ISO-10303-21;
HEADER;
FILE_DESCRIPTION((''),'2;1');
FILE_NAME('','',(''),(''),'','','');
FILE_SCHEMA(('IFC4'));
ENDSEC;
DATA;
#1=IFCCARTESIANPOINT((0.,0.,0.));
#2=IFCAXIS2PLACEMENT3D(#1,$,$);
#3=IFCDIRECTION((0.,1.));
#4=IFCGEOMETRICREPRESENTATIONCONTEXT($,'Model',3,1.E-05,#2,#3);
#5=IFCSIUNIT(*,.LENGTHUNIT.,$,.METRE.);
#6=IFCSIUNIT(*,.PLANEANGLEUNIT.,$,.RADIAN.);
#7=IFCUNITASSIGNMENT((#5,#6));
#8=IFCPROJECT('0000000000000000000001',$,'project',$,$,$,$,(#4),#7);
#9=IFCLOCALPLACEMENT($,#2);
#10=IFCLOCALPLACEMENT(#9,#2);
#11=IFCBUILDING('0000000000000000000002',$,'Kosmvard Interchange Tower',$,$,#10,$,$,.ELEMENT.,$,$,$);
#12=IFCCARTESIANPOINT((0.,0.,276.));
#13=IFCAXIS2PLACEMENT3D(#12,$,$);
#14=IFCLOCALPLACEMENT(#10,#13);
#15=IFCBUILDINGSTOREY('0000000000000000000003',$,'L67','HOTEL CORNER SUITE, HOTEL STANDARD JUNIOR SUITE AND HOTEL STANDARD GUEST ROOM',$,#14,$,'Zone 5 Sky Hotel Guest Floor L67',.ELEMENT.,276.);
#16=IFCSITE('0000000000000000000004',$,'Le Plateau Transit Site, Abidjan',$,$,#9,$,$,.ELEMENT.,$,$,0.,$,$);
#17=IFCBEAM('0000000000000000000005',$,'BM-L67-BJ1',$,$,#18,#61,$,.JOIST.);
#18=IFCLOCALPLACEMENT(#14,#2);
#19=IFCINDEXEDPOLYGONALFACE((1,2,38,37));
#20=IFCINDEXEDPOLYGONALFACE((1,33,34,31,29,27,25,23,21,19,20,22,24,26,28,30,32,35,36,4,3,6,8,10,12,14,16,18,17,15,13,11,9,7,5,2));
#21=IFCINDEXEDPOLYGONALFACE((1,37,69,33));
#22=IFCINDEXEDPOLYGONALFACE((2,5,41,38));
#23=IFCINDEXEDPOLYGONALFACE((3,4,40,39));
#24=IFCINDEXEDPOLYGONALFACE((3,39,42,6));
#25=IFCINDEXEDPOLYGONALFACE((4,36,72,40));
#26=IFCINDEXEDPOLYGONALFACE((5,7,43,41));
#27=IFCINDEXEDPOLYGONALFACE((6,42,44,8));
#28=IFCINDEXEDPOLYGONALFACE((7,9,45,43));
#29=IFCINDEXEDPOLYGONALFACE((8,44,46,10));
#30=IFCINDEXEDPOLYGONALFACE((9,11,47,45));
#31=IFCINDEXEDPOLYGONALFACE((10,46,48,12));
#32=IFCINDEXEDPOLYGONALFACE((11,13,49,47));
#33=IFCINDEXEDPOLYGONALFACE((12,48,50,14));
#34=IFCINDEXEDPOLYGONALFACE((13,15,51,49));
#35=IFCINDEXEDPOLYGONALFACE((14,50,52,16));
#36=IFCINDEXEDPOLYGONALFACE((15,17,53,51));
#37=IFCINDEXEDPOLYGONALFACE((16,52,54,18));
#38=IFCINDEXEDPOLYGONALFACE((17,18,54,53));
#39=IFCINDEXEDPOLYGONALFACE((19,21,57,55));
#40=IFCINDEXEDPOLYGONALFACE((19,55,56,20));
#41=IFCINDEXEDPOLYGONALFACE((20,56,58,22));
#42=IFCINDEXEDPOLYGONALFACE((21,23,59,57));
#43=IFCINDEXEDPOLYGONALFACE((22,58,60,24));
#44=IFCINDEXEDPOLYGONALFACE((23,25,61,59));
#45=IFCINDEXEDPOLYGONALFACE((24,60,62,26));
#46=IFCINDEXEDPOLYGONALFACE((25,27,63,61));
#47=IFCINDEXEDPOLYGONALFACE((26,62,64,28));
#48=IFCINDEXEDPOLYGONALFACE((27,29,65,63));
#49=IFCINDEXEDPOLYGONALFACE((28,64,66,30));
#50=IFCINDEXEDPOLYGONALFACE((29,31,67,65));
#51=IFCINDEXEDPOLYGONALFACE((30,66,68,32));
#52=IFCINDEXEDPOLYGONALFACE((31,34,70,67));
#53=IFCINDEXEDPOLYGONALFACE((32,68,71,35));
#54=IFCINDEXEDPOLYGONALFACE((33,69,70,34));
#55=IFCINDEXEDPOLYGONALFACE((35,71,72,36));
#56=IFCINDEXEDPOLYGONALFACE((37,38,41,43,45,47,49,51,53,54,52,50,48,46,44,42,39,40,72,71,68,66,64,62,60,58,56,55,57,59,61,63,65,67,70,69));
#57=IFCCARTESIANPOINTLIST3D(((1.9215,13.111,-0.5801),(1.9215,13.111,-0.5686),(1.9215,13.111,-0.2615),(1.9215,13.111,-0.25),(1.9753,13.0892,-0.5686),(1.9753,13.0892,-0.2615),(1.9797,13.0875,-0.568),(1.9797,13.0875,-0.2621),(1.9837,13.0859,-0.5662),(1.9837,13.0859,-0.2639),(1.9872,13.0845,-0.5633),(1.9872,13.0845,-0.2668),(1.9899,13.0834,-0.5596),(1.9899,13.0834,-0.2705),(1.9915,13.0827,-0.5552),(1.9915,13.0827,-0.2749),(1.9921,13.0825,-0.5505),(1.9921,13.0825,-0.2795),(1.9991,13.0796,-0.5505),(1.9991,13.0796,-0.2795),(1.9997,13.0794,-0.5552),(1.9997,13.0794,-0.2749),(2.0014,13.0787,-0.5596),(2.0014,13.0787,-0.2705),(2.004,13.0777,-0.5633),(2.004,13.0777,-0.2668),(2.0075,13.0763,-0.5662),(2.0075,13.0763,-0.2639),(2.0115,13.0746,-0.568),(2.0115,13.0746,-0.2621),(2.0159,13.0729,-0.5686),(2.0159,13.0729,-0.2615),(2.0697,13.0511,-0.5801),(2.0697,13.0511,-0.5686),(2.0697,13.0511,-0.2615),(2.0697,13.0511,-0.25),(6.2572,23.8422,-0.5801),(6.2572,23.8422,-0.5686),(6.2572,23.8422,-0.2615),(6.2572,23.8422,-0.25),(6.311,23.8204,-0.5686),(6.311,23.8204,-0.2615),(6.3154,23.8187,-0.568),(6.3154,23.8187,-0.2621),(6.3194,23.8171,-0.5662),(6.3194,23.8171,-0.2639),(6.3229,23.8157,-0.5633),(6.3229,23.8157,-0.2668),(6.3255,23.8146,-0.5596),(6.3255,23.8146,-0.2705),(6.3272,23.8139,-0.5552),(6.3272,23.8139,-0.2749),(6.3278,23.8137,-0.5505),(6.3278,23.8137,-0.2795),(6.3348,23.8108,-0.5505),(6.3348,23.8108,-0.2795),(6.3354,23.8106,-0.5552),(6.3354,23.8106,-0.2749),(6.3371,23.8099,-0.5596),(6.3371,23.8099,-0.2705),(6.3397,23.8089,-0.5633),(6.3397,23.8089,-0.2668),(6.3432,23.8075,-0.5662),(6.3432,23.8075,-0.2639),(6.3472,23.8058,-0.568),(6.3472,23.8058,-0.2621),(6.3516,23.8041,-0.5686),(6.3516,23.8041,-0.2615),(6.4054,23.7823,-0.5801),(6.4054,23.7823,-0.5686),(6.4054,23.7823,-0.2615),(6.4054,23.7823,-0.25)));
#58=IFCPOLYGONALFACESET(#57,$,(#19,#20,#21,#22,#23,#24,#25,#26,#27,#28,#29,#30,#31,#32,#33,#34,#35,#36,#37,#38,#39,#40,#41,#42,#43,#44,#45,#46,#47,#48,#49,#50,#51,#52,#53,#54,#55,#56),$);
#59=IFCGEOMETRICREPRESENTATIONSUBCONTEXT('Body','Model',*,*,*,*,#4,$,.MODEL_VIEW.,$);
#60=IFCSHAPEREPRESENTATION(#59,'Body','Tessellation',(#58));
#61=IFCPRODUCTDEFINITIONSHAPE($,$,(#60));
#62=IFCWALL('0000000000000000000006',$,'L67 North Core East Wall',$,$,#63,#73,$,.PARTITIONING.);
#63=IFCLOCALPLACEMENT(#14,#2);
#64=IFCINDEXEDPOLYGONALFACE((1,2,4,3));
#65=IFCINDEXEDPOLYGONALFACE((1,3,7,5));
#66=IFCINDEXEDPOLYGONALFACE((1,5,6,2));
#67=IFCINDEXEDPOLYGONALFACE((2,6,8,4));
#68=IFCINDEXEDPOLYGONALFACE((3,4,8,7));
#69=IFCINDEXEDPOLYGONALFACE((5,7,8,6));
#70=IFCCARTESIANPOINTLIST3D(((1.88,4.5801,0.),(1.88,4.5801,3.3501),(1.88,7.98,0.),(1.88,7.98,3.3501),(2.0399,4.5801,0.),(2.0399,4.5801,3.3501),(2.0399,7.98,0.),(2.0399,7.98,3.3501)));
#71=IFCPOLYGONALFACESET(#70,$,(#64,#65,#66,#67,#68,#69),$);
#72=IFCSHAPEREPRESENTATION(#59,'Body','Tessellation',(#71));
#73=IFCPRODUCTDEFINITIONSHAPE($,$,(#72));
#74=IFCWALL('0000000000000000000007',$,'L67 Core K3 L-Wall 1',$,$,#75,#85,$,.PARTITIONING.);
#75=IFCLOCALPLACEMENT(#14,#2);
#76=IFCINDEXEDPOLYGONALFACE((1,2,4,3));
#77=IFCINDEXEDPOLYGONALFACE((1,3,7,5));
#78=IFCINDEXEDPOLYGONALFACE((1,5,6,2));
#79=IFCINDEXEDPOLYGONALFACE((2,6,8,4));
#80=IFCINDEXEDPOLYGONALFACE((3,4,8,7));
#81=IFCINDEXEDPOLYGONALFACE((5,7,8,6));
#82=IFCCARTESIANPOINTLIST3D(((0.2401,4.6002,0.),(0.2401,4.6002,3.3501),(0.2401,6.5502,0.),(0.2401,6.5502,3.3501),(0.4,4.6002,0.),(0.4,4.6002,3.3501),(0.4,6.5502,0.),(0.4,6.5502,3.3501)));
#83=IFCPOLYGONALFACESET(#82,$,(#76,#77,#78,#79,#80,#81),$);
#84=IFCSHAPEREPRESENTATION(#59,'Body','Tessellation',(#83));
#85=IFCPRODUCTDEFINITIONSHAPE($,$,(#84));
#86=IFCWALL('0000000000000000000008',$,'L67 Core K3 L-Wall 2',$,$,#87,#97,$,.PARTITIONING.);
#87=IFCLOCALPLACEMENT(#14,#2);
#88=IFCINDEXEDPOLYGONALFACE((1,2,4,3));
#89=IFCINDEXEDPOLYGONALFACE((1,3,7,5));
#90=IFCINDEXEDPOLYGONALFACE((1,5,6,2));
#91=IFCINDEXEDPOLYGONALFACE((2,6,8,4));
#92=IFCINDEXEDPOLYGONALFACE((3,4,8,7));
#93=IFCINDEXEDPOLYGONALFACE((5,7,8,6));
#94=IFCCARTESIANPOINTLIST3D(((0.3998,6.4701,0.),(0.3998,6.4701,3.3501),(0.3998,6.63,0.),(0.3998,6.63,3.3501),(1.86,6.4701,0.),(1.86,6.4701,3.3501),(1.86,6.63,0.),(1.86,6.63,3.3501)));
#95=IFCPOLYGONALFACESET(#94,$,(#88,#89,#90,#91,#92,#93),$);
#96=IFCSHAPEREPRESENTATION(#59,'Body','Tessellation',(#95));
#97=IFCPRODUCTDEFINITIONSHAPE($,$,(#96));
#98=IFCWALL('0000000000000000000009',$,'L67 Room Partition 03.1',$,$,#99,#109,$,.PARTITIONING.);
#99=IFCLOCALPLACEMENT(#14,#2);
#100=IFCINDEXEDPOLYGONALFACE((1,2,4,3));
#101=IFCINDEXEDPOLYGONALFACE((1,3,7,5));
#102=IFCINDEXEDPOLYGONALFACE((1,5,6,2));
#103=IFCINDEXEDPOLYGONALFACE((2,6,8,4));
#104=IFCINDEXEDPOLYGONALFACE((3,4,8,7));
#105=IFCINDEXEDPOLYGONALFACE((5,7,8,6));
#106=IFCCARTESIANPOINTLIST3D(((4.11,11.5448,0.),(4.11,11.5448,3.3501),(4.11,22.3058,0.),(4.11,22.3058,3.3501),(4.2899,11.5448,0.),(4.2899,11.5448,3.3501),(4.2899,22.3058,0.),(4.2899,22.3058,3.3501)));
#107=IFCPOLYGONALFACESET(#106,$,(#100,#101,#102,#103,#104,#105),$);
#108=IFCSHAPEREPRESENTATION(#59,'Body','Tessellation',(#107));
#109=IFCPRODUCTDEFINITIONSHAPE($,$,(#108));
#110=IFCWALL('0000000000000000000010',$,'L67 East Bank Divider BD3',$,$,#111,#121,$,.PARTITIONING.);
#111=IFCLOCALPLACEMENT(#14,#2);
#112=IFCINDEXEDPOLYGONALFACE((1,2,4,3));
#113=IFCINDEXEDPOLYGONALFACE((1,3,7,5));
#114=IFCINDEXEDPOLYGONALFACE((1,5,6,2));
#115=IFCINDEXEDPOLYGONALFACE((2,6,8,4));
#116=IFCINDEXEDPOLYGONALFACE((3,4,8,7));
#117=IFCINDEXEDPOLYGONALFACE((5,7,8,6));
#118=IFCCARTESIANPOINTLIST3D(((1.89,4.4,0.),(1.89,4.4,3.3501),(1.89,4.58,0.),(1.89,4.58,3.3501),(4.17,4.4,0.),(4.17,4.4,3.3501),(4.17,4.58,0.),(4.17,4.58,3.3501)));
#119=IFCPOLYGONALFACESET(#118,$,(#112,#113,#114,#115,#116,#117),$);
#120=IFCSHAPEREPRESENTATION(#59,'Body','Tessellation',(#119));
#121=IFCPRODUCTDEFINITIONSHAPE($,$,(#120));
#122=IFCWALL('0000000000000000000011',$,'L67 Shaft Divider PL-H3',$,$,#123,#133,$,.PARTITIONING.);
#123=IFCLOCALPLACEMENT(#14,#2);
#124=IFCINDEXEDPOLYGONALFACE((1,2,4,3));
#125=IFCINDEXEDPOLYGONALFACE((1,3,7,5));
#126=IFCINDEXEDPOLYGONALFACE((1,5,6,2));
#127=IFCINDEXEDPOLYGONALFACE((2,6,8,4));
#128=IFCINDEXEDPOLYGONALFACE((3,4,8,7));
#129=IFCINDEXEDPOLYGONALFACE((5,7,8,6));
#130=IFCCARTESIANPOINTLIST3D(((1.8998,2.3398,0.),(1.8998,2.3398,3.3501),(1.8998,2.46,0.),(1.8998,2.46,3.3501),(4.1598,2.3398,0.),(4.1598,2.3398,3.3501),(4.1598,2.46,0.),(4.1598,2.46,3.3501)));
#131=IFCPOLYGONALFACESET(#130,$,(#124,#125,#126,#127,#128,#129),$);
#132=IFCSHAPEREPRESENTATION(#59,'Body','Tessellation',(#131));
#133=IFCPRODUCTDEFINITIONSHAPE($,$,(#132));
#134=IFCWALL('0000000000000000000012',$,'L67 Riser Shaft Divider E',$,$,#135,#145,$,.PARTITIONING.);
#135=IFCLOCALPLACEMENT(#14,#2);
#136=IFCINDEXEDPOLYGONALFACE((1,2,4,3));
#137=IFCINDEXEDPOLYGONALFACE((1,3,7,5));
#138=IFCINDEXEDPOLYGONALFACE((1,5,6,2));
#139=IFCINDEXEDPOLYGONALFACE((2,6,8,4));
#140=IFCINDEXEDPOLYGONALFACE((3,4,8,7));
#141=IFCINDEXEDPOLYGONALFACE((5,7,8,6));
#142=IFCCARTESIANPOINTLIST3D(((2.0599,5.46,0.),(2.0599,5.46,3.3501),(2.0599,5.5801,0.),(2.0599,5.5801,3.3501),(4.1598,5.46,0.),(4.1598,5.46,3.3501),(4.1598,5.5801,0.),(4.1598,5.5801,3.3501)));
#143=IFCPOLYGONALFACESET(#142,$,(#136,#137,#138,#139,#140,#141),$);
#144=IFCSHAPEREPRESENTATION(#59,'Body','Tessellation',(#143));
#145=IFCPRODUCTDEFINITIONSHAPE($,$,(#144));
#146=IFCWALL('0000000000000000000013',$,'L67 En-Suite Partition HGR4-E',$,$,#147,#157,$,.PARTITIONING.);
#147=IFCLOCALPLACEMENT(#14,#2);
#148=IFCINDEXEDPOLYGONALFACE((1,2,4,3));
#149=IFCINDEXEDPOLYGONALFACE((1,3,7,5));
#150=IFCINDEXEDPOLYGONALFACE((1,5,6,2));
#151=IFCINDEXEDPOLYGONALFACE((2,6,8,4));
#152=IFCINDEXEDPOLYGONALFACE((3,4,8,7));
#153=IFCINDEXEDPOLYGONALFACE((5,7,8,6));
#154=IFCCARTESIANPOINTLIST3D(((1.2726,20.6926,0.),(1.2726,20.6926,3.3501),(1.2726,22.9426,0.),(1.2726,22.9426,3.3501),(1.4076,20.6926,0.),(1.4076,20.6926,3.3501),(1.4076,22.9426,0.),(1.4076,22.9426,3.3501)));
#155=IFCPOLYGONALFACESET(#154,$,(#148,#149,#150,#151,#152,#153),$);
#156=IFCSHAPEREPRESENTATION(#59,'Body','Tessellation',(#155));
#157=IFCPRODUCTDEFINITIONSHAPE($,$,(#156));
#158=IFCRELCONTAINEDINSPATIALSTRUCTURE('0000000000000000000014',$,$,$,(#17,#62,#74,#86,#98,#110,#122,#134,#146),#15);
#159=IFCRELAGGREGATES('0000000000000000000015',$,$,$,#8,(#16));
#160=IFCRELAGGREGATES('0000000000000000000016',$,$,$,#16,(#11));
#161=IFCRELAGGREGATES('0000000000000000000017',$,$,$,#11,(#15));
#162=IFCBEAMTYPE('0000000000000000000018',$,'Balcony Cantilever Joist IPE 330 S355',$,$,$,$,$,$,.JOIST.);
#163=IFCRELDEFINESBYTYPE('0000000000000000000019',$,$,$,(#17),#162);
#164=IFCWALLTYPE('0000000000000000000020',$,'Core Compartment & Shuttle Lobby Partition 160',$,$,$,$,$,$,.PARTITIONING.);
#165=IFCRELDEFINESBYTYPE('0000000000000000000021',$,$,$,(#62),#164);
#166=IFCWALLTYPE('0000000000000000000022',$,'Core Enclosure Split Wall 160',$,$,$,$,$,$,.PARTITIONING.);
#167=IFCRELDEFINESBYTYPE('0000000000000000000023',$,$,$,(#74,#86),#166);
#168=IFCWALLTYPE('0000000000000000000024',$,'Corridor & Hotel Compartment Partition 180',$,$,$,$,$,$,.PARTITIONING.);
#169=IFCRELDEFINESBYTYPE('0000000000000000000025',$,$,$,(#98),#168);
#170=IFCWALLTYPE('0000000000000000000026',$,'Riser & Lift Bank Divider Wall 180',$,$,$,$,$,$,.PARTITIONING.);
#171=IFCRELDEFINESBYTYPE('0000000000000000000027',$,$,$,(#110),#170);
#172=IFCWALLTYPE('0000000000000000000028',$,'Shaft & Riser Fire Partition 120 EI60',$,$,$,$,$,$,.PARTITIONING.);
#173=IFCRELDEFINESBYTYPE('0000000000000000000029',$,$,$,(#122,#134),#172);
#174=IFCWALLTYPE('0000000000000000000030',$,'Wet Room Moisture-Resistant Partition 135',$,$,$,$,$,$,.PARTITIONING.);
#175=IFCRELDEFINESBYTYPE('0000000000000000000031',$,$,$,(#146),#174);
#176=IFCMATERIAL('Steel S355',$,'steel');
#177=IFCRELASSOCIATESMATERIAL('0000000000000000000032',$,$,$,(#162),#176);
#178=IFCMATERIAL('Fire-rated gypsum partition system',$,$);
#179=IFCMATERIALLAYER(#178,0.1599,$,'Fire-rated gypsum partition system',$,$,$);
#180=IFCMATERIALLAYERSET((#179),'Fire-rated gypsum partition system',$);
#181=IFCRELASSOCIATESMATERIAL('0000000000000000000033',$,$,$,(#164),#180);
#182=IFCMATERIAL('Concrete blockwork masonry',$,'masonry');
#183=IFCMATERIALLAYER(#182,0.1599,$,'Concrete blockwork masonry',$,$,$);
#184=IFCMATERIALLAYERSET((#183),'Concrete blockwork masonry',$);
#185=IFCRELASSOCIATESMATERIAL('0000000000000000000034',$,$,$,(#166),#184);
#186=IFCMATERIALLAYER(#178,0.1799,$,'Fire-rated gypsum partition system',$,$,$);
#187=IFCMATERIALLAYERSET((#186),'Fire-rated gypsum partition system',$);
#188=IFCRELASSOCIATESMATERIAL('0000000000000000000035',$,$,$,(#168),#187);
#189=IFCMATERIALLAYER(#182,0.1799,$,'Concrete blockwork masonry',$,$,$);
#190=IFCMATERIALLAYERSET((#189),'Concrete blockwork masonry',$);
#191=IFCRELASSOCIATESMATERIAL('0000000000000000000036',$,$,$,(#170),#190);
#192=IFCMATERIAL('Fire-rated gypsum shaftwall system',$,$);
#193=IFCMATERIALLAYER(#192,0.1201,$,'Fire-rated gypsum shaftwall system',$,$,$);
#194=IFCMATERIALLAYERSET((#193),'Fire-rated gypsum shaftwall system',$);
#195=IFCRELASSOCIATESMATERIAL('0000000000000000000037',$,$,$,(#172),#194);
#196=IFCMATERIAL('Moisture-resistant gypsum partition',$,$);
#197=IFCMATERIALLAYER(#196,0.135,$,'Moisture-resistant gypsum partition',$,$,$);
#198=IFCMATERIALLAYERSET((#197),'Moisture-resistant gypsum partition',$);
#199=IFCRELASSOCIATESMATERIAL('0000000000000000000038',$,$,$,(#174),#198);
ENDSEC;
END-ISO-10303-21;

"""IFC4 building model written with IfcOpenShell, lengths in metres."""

from ifc_helpers import new_model, si_unit, direction, frame, frame_2d, origin, origin_2d, place, context, subcontext, project, spatial, rectangle, i_section, extrude, source, transform, mapped, material, layer, layer_set, material_profile, profile_set, type_object, element, save


model = new_model("IFC4")

# Units and contexts
model_context = context("Model", 3, precision=1e-05, world=origin(), true_north=direction((0.0, 1.0)))
body_context = subcontext(model_context, "Body", "Model", "MODEL_VIEW")
ifc_project = project(units=[si_unit("LENGTHUNIT", "METRE"), si_unit("PLANEANGLEUNIT", "RADIAN")], contexts=[model_context])

# Site, building, storey
site_placement = place(None, origin())
site = spatial("IfcSite", under=ifc_project, at=site_placement, Name="Le Plateau Transit Site, Abidjan", CompositionType="ELEMENT", RefElevation=0.0)
building_placement = place(site_placement, origin())
building = spatial("IfcBuilding", under=site, at=building_placement, Name="Kosmvard Interchange Tower", CompositionType="ELEMENT")
storey_placement = place(building_placement, frame((0.0, 0.0, 276.0)))
storey = spatial("IfcBuildingStorey", under=building, at=storey_placement, Name="L67", Description="HOTEL CORNER SUITE, HOTEL STANDARD JUNIOR SUITE AND HOTEL STANDARD GUEST ROOM", LongName="Zone 5 Sky Hotel Guest Floor L67", CompositionType="ELEMENT", Elevation=276.0)

# Beam
ifc_material_1 = material(Name="Steel S355", Category="steel")
ifc_material_profile_1 = material_profile(ifc_material_1, i_section(OverallWidth=0.1599, OverallDepth=0.3301, WebThickness=0.0076, FlangeThickness=0.0115, FilletRadius=0.0181, at=origin_2d()), Name="IPE 330")
ifc_profile_set_1 = profile_set([ifc_material_profile_1], Name="Steel S355")
beam_type_1 = type_object("IfcBeamType", Name="Balcony Cantilever Joist IPE 330 S355", PredefinedType="JOIST", material=ifc_profile_set_1)
shared_shape_1 = source(origin(), body_context, "Body", "SweptSolid", [
    extrude(i_section(OverallWidth=0.1599, OverallDepth=0.3301, WebThickness=0.0076, FlangeThickness=0.0115, FilletRadius=0.0181, at=origin_2d()), origin(), (0.0, 0.0, 1.0), 11.574),
])
beam_1_placement = place(storey_placement, frame((1.9956, 13.0811, -0.415), z_axis=(0.374607, 0.927184, 0.0), x_axis=(-0.927184, 0.374607, 0.0)))
element("IfcBeam", 1, at=beam_1_placement, inside=storey, type_object=beam_type_1, Name="BM-L67-BJ1", PredefinedType="JOIST", context=body_context, shape_type="MappedRepresentation", body=[
    mapped(shared_shape_1, transform((0.0, 0.0, 0.0), scale=1.0)),
])

# Walls
ifc_material_2 = material(Name="Fire-rated gypsum partition system")
ifc_layer_1 = layer(ifc_material_2, 0.1599, Name="Fire-rated gypsum partition system")
ifc_layer_set_1 = layer_set([ifc_layer_1], Name="Fire-rated gypsum partition system")
wall_type_1 = type_object("IfcWallType", Name="Core Compartment & Shuttle Lobby Partition 160", PredefinedType="PARTITIONING", material=ifc_layer_set_1)
wall_1_placement = place(storey_placement, frame((1.96, 4.5801, 0.0), z_axis=(0.0, 0.0, 1.0), x_axis=(0.0, 1.0, 0.0)))
element("IfcWall", 2, at=wall_1_placement, inside=storey, type_object=wall_type_1, Name="L67 North Core East Wall", PredefinedType="PARTITIONING", context=body_context, shape_type="SweptSolid", body=[
    extrude(rectangle(XDim=3.3999, YDim=0.1599, at=frame_2d((1.7, 0.0))), origin(), (0.0, 0.0, 1.0), 3.3501),
])
ifc_material_3 = material(Name="Concrete blockwork masonry", Category="masonry")
ifc_layer_2 = layer(ifc_material_3, 0.1599, Name="Concrete blockwork masonry")
ifc_layer_set_2 = layer_set([ifc_layer_2], Name="Concrete blockwork masonry")
wall_type_2 = type_object("IfcWallType", Name="Core Enclosure Split Wall 160", PredefinedType="PARTITIONING", material=ifc_layer_set_2)
wall_2_placement = place(storey_placement, frame((0.3201, 4.6001, 0.0), z_axis=(0.0, 0.0, 1.0), x_axis=(0.0, 1.0, 0.0)))
element("IfcWall", 3, at=wall_2_placement, inside=storey, type_object=wall_type_2, Name="L67 Core K3 L-Wall 1", PredefinedType="PARTITIONING", context=body_context, shape_type="SweptSolid", body=[
    extrude(rectangle(XDim=1.95, YDim=0.1599, at=frame_2d((0.9751, 0.0))), origin(), (0.0, 0.0, 1.0), 3.3501),
])
wall_3_placement = place(storey_placement, frame((0.3999, 6.55, 0.0), z_axis=(0.0, 0.0, 1.0), x_axis=(1.0, 0.0, 0.0)))
element("IfcWall", 4, at=wall_3_placement, inside=storey, type_object=wall_type_2, Name="L67 Core K3 L-Wall 2", PredefinedType="PARTITIONING", context=body_context, shape_type="SweptSolid", body=[
    extrude(rectangle(XDim=1.4602, YDim=0.1599, at=frame_2d((0.73, 0.0))), origin(), (0.0, 0.0, 1.0), 3.3501),
])
ifc_layer_3 = layer(ifc_material_2, 0.1799, Name="Fire-rated gypsum partition system")
ifc_layer_set_3 = layer_set([ifc_layer_3], Name="Fire-rated gypsum partition system")
wall_type_3 = type_object("IfcWallType", Name="Corridor & Hotel Compartment Partition 180", PredefinedType="PARTITIONING", material=ifc_layer_set_3)
wall_4_placement = place(storey_placement, frame((4.2, 11.5449, 0.0), z_axis=(0.0, 0.0, 1.0), x_axis=(0.0, 1.0, 0.0)))
element("IfcWall", 5, at=wall_4_placement, inside=storey, type_object=wall_type_3, Name="L67 Room Partition 03.1", PredefinedType="PARTITIONING", context=body_context, shape_type="SweptSolid", body=[
    extrude(rectangle(XDim=10.761, YDim=0.1799, at=frame_2d((5.3804, 0.0))), origin(), (0.0, 0.0, 1.0), 3.3501),
])
ifc_layer_4 = layer(ifc_material_3, 0.1799, Name="Concrete blockwork masonry")
ifc_layer_set_4 = layer_set([ifc_layer_4], Name="Concrete blockwork masonry")
wall_type_4 = type_object("IfcWallType", Name="Riser & Lift Bank Divider Wall 180", PredefinedType="PARTITIONING", material=ifc_layer_set_4)
wall_5_placement = place(storey_placement, frame((1.8899, 4.49, 0.0), z_axis=(0.0, 0.0, 1.0), x_axis=(1.0, 0.0, 0.0)))
element("IfcWall", 6, at=wall_5_placement, inside=storey, type_object=wall_type_4, Name="L67 East Bank Divider BD3", PredefinedType="PARTITIONING", context=body_context, shape_type="SweptSolid", body=[
    extrude(rectangle(XDim=2.28, YDim=0.1799, at=frame_2d((1.1401, 0.0))), origin(), (0.0, 0.0, 1.0), 3.3501),
])
ifc_material_4 = material(Name="Fire-rated gypsum shaftwall system")
ifc_layer_5 = layer(ifc_material_4, 0.1201, Name="Fire-rated gypsum shaftwall system")
ifc_layer_set_5 = layer_set([ifc_layer_5], Name="Fire-rated gypsum shaftwall system")
wall_type_5 = type_object("IfcWallType", Name="Shaft & Riser Fire Partition 120 EI60", PredefinedType="PARTITIONING", material=ifc_layer_set_5)
wall_6_placement = place(storey_placement, frame((1.8999, 2.3999, 0.0), z_axis=(0.0, 0.0, 1.0), x_axis=(1.0, 0.0, 0.0)))
element("IfcWall", 7, at=wall_6_placement, inside=storey, type_object=wall_type_5, Name="L67 Shaft Divider PL-H3", PredefinedType="PARTITIONING", context=body_context, shape_type="SweptSolid", body=[
    extrude(rectangle(XDim=2.26, YDim=0.1201, at=frame_2d((1.1299, 0.0))), origin(), (0.0, 0.0, 1.0), 3.3501),
])
wall_7_placement = place(storey_placement, frame((2.0601, 5.52, 0.0), z_axis=(0.0, 0.0, 1.0), x_axis=(1.0, 0.0, 0.0)))
element("IfcWall", 8, at=wall_7_placement, inside=storey, type_object=wall_type_5, Name="L67 Riser Shaft Divider E", PredefinedType="PARTITIONING", context=body_context, shape_type="SweptSolid", body=[
    extrude(rectangle(XDim=2.0999, YDim=0.1201, at=frame_2d((1.0498, 0.0))), origin(), (0.0, 0.0, 1.0), 3.3501),
])
ifc_material_5 = material(Name="Moisture-resistant gypsum partition")
ifc_layer_6 = layer(ifc_material_5, 0.135, Name="Moisture-resistant gypsum partition")
ifc_layer_set_6 = layer_set([ifc_layer_6], Name="Moisture-resistant gypsum partition")
wall_type_6 = type_object("IfcWallType", Name="Wet Room Moisture-Resistant Partition 135", PredefinedType="PARTITIONING", material=ifc_layer_set_6)
wall_8_placement = place(storey_placement, frame((1.3401, 20.6926, 0.0), z_axis=(0.0, 0.0, 1.0), x_axis=(0.0, 1.0, 0.0)))
element("IfcWall", 9, at=wall_8_placement, inside=storey, type_object=wall_type_6, Name="L67 En-Suite Partition HGR4-E", PredefinedType="PARTITIONING", context=body_context, shape_type="SweptSolid", body=[
    extrude(rectangle(XDim=2.25, YDim=0.135, at=frame_2d((1.125, 0.0))), origin(), (0.0, 0.0, 1.0), 3.3501),
])

save(model, "model.ifc")
